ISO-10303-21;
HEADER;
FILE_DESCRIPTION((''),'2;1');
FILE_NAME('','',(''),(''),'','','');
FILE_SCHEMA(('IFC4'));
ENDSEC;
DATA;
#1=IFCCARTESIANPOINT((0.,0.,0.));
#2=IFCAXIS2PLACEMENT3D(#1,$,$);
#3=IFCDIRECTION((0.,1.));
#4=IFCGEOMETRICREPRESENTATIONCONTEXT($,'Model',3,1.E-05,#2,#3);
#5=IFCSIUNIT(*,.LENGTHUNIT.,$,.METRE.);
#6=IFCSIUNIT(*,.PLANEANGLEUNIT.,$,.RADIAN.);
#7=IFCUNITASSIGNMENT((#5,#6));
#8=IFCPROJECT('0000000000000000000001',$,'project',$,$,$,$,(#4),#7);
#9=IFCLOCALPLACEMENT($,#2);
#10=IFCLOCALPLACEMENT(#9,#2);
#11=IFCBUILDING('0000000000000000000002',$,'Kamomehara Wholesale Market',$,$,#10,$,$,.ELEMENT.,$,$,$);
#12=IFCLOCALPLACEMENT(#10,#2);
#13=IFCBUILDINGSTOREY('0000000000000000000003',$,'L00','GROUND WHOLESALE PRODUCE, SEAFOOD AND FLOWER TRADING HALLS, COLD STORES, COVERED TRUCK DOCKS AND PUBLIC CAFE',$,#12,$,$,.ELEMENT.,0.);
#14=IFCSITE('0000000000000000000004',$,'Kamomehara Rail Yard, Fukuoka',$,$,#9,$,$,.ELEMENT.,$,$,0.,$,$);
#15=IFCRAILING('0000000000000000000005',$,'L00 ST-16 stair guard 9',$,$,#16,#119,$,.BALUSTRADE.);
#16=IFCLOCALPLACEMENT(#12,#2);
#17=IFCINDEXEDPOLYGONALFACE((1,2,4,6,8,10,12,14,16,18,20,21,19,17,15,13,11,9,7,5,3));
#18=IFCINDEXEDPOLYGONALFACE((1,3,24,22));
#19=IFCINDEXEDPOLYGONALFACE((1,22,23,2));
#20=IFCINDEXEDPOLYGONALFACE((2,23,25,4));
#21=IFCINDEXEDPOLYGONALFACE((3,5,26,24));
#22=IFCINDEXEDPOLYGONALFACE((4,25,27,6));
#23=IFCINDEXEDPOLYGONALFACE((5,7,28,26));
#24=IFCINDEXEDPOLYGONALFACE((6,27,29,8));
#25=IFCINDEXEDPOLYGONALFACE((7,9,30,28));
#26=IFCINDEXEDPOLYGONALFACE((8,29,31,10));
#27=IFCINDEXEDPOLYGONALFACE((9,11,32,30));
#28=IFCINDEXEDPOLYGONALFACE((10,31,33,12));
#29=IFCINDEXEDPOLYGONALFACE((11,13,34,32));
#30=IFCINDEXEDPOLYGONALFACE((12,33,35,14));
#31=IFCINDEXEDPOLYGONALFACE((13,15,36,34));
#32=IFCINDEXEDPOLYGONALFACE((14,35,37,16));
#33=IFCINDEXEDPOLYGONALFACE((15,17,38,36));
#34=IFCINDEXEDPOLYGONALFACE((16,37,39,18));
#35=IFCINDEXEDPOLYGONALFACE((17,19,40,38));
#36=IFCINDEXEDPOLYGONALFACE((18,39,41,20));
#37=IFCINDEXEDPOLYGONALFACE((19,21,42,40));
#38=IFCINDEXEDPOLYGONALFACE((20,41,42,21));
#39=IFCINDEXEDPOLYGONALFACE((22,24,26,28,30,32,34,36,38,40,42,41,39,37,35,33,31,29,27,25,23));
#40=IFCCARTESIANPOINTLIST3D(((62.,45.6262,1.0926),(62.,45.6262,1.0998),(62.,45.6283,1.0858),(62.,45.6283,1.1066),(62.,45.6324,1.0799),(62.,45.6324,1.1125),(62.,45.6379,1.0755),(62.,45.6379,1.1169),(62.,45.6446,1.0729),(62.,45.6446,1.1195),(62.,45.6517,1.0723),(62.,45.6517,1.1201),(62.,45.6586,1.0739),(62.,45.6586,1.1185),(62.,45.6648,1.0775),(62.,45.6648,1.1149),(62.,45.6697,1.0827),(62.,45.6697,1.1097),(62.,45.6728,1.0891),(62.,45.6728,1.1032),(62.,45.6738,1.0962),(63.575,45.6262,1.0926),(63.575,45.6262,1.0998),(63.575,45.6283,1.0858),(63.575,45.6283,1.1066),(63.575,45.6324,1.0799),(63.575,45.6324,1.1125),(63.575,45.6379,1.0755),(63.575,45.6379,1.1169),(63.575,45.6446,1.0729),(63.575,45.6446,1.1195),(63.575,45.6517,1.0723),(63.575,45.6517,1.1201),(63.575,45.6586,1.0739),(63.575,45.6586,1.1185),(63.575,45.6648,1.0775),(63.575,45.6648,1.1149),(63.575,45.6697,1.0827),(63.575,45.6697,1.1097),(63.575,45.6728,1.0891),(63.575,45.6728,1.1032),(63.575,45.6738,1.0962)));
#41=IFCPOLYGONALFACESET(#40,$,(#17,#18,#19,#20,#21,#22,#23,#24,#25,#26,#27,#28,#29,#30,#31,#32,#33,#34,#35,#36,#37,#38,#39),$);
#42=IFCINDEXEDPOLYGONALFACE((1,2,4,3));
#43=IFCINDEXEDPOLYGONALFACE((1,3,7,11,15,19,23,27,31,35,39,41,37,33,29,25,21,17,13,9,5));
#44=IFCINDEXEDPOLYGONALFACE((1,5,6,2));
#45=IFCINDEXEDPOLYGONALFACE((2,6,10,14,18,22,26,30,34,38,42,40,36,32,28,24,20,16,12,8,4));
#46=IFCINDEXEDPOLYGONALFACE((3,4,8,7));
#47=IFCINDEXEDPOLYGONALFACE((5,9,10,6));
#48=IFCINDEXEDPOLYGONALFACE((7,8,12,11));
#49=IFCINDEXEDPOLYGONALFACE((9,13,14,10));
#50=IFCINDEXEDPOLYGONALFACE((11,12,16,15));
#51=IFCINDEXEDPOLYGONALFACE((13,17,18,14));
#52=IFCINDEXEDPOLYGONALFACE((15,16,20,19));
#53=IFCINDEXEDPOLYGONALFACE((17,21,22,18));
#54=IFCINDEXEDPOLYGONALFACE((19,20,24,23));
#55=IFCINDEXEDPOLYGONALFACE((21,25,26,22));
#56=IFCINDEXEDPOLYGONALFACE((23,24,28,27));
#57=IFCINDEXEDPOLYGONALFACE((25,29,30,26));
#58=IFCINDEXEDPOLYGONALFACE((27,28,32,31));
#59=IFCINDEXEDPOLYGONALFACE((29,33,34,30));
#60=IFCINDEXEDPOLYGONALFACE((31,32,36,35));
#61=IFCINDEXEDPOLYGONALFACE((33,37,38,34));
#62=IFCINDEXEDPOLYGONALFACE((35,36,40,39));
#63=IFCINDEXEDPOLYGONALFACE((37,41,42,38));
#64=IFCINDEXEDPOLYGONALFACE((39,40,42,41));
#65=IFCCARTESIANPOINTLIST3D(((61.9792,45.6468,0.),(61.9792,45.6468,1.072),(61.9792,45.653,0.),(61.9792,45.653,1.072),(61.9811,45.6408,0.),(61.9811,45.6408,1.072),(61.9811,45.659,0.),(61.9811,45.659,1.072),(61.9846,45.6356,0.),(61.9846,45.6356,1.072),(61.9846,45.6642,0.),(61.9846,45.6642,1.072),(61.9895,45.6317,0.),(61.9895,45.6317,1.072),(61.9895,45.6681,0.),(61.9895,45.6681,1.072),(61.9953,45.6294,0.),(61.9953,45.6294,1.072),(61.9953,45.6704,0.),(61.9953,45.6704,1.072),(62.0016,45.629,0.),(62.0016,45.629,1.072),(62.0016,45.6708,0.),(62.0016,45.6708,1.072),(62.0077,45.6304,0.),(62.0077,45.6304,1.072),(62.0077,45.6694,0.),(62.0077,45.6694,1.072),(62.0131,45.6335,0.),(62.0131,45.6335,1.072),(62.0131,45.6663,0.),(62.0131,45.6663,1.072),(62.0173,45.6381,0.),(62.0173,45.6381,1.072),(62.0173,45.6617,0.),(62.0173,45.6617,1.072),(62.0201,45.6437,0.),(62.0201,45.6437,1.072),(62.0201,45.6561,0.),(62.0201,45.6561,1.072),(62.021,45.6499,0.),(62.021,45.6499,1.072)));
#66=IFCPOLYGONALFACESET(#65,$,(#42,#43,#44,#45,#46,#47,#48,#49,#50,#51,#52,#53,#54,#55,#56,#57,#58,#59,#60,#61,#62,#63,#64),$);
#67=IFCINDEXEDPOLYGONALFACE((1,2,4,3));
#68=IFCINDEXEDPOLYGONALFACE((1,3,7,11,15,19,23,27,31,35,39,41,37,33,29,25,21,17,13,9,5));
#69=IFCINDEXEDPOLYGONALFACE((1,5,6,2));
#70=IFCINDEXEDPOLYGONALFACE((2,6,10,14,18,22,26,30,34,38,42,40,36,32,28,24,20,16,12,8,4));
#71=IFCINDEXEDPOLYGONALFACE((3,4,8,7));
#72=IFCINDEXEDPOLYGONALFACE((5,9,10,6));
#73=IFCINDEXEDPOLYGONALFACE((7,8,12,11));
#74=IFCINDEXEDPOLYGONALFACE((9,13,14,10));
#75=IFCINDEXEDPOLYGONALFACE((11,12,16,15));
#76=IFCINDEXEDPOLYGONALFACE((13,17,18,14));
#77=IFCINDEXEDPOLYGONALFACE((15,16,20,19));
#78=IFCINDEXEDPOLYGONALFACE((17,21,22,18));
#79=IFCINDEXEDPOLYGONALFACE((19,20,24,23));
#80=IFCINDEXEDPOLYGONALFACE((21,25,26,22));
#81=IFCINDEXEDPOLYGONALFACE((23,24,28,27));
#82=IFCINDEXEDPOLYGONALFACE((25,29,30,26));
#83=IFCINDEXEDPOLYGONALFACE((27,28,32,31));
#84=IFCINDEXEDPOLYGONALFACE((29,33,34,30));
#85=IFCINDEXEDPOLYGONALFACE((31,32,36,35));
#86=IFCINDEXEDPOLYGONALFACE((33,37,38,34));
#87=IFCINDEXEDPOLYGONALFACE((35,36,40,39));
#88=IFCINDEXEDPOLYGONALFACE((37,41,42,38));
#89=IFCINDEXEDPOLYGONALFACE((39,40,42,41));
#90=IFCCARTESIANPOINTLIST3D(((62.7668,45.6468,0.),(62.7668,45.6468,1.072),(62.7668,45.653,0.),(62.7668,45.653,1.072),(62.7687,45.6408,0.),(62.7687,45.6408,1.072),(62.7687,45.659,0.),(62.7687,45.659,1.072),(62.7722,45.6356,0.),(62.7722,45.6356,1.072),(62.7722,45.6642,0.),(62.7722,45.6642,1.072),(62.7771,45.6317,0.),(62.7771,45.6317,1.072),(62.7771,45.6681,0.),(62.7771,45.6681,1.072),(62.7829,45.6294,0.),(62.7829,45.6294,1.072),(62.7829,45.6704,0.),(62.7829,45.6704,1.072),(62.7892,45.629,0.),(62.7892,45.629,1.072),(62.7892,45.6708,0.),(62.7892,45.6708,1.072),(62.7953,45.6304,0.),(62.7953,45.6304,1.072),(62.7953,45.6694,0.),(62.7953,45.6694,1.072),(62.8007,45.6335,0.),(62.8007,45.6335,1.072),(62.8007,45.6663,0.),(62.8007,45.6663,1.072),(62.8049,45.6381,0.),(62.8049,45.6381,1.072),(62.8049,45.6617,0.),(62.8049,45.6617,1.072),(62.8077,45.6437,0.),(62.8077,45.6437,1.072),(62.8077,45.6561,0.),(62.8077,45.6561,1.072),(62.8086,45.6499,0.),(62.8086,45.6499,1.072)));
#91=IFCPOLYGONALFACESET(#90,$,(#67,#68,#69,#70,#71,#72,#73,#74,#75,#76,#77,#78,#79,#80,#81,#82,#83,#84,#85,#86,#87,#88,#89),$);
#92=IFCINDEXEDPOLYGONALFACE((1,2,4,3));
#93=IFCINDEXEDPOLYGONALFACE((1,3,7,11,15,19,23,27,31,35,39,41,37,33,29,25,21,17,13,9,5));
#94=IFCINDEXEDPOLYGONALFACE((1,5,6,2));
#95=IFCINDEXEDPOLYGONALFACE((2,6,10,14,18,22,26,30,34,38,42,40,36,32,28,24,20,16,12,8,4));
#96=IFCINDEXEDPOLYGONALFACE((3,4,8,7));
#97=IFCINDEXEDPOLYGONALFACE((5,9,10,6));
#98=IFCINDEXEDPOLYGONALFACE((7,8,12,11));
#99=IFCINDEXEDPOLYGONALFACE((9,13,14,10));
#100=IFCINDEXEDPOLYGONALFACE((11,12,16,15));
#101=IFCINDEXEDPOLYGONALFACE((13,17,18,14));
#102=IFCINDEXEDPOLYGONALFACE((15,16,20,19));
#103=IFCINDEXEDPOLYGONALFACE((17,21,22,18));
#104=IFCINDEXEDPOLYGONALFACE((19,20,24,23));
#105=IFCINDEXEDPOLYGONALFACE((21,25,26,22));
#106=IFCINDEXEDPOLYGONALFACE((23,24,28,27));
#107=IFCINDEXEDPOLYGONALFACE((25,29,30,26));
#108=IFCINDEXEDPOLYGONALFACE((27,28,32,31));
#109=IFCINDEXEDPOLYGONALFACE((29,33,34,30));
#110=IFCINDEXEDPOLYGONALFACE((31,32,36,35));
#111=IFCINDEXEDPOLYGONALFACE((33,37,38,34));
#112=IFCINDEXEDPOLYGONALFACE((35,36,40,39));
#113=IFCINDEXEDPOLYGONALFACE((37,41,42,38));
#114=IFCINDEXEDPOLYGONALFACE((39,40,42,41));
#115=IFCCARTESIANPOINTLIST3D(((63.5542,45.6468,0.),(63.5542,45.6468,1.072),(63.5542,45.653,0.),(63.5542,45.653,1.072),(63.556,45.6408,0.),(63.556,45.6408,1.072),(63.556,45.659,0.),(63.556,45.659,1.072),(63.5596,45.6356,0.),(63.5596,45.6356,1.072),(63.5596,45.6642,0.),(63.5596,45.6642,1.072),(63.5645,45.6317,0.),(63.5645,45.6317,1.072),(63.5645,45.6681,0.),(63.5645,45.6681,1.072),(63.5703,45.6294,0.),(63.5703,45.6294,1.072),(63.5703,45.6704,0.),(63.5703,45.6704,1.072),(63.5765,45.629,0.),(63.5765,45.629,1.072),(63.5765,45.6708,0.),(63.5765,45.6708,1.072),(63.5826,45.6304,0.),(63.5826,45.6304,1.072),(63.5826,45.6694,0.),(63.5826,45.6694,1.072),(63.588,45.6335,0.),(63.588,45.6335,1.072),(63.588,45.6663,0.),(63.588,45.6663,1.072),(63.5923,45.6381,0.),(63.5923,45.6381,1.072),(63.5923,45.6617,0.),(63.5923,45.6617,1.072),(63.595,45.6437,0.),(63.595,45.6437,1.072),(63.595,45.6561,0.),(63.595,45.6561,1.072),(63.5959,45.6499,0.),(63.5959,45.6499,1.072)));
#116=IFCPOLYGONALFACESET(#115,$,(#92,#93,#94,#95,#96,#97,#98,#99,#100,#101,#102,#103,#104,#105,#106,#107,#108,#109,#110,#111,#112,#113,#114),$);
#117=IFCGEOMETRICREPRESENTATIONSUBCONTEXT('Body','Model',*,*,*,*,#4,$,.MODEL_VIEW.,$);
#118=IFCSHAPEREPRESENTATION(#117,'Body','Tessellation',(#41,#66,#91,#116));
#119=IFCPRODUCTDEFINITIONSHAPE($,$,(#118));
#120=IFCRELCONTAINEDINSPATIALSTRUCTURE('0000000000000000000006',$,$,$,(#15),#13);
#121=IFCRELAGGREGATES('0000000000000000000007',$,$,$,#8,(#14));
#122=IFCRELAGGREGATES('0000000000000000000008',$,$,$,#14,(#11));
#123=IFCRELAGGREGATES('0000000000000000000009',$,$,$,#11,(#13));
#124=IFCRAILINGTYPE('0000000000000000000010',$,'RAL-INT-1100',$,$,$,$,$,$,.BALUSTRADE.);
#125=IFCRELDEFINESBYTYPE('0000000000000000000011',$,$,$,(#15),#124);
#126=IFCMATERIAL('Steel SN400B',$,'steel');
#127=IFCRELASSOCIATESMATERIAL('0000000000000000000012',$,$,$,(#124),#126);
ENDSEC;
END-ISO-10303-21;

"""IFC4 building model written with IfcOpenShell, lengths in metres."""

from ifc_helpers import new_model, si_unit, direction, frame, origin, origin_2d, place, context, subcontext, project, spatial, circle, extrude, material, type_object, element, save


model = new_model("IFC4")

# Units and contexts
model_context = context("Model", 3, precision=1e-05, world=origin(), true_north=direction((0.0, 1.0)))
body_context = subcontext(model_context, "Body", "Model", "MODEL_VIEW")
ifc_project = project(units=[si_unit("LENGTHUNIT", "METRE"), si_unit("PLANEANGLEUNIT", "RADIAN")], contexts=[model_context])

# Site, building, storey
site_placement = place(None, origin())
site = spatial("IfcSite", under=ifc_project, at=site_placement, Name="Kamomehara Rail Yard, Fukuoka", CompositionType="ELEMENT", RefElevation=0.0)
building_placement = place(site_placement, origin())
building = spatial("IfcBuilding", under=site, at=building_placement, Name="Kamomehara Wholesale Market", CompositionType="ELEMENT")
storey_placement = place(building_placement, origin())
storey = spatial("IfcBuildingStorey", under=building, at=storey_placement, Name="L00", Description="GROUND WHOLESALE PRODUCE, SEAFOOD AND FLOWER TRADING HALLS, COLD STORES, COVERED TRUCK DOCKS AND PUBLIC CAFE", CompositionType="ELEMENT", Elevation=0.0)

# Railing
ifc_material_1 = material(Name="Steel SN400B", Category="steel")
railing_type_1 = type_object("IfcRailingType", Name="RAL-INT-1100", PredefinedType="BALUSTRADE", material=ifc_material_1)
for number, where, name in (
    (1, (62.0, 45.6499, 0.0), "L00 ST-16 stair guard 9"),
):
    element("IfcRailing", number, at=place(storey_placement, frame(where)), inside=storey, type_object=railing_type_1, Name=name, PredefinedType="BALUSTRADE", context=body_context, shape_type="SweptSolid", body=[
        extrude(circle(Radius=0.0239, at=origin_2d()), frame((0.0, 0.0, 1.0962), z_axis=(1.0, 0.0, 0.0), x_axis=(0.0, 1.0, 0.0)), (0.0, 0.0, 1.0), 1.575),
        extrude(circle(Radius=0.021, at=origin_2d()), origin(), (0.0, 0.0, 1.0), 1.072),
        extrude(circle(Radius=0.021, at=origin_2d()), frame((0.7876, 0.0, 0.0)), (0.0, 0.0, 1.0), 1.072),
        extrude(circle(Radius=0.021, at=origin_2d()), frame((1.575, 0.0, 0.0)), (0.0, 0.0, 1.0), 1.072),
    ])

save(model, "model.ifc")
